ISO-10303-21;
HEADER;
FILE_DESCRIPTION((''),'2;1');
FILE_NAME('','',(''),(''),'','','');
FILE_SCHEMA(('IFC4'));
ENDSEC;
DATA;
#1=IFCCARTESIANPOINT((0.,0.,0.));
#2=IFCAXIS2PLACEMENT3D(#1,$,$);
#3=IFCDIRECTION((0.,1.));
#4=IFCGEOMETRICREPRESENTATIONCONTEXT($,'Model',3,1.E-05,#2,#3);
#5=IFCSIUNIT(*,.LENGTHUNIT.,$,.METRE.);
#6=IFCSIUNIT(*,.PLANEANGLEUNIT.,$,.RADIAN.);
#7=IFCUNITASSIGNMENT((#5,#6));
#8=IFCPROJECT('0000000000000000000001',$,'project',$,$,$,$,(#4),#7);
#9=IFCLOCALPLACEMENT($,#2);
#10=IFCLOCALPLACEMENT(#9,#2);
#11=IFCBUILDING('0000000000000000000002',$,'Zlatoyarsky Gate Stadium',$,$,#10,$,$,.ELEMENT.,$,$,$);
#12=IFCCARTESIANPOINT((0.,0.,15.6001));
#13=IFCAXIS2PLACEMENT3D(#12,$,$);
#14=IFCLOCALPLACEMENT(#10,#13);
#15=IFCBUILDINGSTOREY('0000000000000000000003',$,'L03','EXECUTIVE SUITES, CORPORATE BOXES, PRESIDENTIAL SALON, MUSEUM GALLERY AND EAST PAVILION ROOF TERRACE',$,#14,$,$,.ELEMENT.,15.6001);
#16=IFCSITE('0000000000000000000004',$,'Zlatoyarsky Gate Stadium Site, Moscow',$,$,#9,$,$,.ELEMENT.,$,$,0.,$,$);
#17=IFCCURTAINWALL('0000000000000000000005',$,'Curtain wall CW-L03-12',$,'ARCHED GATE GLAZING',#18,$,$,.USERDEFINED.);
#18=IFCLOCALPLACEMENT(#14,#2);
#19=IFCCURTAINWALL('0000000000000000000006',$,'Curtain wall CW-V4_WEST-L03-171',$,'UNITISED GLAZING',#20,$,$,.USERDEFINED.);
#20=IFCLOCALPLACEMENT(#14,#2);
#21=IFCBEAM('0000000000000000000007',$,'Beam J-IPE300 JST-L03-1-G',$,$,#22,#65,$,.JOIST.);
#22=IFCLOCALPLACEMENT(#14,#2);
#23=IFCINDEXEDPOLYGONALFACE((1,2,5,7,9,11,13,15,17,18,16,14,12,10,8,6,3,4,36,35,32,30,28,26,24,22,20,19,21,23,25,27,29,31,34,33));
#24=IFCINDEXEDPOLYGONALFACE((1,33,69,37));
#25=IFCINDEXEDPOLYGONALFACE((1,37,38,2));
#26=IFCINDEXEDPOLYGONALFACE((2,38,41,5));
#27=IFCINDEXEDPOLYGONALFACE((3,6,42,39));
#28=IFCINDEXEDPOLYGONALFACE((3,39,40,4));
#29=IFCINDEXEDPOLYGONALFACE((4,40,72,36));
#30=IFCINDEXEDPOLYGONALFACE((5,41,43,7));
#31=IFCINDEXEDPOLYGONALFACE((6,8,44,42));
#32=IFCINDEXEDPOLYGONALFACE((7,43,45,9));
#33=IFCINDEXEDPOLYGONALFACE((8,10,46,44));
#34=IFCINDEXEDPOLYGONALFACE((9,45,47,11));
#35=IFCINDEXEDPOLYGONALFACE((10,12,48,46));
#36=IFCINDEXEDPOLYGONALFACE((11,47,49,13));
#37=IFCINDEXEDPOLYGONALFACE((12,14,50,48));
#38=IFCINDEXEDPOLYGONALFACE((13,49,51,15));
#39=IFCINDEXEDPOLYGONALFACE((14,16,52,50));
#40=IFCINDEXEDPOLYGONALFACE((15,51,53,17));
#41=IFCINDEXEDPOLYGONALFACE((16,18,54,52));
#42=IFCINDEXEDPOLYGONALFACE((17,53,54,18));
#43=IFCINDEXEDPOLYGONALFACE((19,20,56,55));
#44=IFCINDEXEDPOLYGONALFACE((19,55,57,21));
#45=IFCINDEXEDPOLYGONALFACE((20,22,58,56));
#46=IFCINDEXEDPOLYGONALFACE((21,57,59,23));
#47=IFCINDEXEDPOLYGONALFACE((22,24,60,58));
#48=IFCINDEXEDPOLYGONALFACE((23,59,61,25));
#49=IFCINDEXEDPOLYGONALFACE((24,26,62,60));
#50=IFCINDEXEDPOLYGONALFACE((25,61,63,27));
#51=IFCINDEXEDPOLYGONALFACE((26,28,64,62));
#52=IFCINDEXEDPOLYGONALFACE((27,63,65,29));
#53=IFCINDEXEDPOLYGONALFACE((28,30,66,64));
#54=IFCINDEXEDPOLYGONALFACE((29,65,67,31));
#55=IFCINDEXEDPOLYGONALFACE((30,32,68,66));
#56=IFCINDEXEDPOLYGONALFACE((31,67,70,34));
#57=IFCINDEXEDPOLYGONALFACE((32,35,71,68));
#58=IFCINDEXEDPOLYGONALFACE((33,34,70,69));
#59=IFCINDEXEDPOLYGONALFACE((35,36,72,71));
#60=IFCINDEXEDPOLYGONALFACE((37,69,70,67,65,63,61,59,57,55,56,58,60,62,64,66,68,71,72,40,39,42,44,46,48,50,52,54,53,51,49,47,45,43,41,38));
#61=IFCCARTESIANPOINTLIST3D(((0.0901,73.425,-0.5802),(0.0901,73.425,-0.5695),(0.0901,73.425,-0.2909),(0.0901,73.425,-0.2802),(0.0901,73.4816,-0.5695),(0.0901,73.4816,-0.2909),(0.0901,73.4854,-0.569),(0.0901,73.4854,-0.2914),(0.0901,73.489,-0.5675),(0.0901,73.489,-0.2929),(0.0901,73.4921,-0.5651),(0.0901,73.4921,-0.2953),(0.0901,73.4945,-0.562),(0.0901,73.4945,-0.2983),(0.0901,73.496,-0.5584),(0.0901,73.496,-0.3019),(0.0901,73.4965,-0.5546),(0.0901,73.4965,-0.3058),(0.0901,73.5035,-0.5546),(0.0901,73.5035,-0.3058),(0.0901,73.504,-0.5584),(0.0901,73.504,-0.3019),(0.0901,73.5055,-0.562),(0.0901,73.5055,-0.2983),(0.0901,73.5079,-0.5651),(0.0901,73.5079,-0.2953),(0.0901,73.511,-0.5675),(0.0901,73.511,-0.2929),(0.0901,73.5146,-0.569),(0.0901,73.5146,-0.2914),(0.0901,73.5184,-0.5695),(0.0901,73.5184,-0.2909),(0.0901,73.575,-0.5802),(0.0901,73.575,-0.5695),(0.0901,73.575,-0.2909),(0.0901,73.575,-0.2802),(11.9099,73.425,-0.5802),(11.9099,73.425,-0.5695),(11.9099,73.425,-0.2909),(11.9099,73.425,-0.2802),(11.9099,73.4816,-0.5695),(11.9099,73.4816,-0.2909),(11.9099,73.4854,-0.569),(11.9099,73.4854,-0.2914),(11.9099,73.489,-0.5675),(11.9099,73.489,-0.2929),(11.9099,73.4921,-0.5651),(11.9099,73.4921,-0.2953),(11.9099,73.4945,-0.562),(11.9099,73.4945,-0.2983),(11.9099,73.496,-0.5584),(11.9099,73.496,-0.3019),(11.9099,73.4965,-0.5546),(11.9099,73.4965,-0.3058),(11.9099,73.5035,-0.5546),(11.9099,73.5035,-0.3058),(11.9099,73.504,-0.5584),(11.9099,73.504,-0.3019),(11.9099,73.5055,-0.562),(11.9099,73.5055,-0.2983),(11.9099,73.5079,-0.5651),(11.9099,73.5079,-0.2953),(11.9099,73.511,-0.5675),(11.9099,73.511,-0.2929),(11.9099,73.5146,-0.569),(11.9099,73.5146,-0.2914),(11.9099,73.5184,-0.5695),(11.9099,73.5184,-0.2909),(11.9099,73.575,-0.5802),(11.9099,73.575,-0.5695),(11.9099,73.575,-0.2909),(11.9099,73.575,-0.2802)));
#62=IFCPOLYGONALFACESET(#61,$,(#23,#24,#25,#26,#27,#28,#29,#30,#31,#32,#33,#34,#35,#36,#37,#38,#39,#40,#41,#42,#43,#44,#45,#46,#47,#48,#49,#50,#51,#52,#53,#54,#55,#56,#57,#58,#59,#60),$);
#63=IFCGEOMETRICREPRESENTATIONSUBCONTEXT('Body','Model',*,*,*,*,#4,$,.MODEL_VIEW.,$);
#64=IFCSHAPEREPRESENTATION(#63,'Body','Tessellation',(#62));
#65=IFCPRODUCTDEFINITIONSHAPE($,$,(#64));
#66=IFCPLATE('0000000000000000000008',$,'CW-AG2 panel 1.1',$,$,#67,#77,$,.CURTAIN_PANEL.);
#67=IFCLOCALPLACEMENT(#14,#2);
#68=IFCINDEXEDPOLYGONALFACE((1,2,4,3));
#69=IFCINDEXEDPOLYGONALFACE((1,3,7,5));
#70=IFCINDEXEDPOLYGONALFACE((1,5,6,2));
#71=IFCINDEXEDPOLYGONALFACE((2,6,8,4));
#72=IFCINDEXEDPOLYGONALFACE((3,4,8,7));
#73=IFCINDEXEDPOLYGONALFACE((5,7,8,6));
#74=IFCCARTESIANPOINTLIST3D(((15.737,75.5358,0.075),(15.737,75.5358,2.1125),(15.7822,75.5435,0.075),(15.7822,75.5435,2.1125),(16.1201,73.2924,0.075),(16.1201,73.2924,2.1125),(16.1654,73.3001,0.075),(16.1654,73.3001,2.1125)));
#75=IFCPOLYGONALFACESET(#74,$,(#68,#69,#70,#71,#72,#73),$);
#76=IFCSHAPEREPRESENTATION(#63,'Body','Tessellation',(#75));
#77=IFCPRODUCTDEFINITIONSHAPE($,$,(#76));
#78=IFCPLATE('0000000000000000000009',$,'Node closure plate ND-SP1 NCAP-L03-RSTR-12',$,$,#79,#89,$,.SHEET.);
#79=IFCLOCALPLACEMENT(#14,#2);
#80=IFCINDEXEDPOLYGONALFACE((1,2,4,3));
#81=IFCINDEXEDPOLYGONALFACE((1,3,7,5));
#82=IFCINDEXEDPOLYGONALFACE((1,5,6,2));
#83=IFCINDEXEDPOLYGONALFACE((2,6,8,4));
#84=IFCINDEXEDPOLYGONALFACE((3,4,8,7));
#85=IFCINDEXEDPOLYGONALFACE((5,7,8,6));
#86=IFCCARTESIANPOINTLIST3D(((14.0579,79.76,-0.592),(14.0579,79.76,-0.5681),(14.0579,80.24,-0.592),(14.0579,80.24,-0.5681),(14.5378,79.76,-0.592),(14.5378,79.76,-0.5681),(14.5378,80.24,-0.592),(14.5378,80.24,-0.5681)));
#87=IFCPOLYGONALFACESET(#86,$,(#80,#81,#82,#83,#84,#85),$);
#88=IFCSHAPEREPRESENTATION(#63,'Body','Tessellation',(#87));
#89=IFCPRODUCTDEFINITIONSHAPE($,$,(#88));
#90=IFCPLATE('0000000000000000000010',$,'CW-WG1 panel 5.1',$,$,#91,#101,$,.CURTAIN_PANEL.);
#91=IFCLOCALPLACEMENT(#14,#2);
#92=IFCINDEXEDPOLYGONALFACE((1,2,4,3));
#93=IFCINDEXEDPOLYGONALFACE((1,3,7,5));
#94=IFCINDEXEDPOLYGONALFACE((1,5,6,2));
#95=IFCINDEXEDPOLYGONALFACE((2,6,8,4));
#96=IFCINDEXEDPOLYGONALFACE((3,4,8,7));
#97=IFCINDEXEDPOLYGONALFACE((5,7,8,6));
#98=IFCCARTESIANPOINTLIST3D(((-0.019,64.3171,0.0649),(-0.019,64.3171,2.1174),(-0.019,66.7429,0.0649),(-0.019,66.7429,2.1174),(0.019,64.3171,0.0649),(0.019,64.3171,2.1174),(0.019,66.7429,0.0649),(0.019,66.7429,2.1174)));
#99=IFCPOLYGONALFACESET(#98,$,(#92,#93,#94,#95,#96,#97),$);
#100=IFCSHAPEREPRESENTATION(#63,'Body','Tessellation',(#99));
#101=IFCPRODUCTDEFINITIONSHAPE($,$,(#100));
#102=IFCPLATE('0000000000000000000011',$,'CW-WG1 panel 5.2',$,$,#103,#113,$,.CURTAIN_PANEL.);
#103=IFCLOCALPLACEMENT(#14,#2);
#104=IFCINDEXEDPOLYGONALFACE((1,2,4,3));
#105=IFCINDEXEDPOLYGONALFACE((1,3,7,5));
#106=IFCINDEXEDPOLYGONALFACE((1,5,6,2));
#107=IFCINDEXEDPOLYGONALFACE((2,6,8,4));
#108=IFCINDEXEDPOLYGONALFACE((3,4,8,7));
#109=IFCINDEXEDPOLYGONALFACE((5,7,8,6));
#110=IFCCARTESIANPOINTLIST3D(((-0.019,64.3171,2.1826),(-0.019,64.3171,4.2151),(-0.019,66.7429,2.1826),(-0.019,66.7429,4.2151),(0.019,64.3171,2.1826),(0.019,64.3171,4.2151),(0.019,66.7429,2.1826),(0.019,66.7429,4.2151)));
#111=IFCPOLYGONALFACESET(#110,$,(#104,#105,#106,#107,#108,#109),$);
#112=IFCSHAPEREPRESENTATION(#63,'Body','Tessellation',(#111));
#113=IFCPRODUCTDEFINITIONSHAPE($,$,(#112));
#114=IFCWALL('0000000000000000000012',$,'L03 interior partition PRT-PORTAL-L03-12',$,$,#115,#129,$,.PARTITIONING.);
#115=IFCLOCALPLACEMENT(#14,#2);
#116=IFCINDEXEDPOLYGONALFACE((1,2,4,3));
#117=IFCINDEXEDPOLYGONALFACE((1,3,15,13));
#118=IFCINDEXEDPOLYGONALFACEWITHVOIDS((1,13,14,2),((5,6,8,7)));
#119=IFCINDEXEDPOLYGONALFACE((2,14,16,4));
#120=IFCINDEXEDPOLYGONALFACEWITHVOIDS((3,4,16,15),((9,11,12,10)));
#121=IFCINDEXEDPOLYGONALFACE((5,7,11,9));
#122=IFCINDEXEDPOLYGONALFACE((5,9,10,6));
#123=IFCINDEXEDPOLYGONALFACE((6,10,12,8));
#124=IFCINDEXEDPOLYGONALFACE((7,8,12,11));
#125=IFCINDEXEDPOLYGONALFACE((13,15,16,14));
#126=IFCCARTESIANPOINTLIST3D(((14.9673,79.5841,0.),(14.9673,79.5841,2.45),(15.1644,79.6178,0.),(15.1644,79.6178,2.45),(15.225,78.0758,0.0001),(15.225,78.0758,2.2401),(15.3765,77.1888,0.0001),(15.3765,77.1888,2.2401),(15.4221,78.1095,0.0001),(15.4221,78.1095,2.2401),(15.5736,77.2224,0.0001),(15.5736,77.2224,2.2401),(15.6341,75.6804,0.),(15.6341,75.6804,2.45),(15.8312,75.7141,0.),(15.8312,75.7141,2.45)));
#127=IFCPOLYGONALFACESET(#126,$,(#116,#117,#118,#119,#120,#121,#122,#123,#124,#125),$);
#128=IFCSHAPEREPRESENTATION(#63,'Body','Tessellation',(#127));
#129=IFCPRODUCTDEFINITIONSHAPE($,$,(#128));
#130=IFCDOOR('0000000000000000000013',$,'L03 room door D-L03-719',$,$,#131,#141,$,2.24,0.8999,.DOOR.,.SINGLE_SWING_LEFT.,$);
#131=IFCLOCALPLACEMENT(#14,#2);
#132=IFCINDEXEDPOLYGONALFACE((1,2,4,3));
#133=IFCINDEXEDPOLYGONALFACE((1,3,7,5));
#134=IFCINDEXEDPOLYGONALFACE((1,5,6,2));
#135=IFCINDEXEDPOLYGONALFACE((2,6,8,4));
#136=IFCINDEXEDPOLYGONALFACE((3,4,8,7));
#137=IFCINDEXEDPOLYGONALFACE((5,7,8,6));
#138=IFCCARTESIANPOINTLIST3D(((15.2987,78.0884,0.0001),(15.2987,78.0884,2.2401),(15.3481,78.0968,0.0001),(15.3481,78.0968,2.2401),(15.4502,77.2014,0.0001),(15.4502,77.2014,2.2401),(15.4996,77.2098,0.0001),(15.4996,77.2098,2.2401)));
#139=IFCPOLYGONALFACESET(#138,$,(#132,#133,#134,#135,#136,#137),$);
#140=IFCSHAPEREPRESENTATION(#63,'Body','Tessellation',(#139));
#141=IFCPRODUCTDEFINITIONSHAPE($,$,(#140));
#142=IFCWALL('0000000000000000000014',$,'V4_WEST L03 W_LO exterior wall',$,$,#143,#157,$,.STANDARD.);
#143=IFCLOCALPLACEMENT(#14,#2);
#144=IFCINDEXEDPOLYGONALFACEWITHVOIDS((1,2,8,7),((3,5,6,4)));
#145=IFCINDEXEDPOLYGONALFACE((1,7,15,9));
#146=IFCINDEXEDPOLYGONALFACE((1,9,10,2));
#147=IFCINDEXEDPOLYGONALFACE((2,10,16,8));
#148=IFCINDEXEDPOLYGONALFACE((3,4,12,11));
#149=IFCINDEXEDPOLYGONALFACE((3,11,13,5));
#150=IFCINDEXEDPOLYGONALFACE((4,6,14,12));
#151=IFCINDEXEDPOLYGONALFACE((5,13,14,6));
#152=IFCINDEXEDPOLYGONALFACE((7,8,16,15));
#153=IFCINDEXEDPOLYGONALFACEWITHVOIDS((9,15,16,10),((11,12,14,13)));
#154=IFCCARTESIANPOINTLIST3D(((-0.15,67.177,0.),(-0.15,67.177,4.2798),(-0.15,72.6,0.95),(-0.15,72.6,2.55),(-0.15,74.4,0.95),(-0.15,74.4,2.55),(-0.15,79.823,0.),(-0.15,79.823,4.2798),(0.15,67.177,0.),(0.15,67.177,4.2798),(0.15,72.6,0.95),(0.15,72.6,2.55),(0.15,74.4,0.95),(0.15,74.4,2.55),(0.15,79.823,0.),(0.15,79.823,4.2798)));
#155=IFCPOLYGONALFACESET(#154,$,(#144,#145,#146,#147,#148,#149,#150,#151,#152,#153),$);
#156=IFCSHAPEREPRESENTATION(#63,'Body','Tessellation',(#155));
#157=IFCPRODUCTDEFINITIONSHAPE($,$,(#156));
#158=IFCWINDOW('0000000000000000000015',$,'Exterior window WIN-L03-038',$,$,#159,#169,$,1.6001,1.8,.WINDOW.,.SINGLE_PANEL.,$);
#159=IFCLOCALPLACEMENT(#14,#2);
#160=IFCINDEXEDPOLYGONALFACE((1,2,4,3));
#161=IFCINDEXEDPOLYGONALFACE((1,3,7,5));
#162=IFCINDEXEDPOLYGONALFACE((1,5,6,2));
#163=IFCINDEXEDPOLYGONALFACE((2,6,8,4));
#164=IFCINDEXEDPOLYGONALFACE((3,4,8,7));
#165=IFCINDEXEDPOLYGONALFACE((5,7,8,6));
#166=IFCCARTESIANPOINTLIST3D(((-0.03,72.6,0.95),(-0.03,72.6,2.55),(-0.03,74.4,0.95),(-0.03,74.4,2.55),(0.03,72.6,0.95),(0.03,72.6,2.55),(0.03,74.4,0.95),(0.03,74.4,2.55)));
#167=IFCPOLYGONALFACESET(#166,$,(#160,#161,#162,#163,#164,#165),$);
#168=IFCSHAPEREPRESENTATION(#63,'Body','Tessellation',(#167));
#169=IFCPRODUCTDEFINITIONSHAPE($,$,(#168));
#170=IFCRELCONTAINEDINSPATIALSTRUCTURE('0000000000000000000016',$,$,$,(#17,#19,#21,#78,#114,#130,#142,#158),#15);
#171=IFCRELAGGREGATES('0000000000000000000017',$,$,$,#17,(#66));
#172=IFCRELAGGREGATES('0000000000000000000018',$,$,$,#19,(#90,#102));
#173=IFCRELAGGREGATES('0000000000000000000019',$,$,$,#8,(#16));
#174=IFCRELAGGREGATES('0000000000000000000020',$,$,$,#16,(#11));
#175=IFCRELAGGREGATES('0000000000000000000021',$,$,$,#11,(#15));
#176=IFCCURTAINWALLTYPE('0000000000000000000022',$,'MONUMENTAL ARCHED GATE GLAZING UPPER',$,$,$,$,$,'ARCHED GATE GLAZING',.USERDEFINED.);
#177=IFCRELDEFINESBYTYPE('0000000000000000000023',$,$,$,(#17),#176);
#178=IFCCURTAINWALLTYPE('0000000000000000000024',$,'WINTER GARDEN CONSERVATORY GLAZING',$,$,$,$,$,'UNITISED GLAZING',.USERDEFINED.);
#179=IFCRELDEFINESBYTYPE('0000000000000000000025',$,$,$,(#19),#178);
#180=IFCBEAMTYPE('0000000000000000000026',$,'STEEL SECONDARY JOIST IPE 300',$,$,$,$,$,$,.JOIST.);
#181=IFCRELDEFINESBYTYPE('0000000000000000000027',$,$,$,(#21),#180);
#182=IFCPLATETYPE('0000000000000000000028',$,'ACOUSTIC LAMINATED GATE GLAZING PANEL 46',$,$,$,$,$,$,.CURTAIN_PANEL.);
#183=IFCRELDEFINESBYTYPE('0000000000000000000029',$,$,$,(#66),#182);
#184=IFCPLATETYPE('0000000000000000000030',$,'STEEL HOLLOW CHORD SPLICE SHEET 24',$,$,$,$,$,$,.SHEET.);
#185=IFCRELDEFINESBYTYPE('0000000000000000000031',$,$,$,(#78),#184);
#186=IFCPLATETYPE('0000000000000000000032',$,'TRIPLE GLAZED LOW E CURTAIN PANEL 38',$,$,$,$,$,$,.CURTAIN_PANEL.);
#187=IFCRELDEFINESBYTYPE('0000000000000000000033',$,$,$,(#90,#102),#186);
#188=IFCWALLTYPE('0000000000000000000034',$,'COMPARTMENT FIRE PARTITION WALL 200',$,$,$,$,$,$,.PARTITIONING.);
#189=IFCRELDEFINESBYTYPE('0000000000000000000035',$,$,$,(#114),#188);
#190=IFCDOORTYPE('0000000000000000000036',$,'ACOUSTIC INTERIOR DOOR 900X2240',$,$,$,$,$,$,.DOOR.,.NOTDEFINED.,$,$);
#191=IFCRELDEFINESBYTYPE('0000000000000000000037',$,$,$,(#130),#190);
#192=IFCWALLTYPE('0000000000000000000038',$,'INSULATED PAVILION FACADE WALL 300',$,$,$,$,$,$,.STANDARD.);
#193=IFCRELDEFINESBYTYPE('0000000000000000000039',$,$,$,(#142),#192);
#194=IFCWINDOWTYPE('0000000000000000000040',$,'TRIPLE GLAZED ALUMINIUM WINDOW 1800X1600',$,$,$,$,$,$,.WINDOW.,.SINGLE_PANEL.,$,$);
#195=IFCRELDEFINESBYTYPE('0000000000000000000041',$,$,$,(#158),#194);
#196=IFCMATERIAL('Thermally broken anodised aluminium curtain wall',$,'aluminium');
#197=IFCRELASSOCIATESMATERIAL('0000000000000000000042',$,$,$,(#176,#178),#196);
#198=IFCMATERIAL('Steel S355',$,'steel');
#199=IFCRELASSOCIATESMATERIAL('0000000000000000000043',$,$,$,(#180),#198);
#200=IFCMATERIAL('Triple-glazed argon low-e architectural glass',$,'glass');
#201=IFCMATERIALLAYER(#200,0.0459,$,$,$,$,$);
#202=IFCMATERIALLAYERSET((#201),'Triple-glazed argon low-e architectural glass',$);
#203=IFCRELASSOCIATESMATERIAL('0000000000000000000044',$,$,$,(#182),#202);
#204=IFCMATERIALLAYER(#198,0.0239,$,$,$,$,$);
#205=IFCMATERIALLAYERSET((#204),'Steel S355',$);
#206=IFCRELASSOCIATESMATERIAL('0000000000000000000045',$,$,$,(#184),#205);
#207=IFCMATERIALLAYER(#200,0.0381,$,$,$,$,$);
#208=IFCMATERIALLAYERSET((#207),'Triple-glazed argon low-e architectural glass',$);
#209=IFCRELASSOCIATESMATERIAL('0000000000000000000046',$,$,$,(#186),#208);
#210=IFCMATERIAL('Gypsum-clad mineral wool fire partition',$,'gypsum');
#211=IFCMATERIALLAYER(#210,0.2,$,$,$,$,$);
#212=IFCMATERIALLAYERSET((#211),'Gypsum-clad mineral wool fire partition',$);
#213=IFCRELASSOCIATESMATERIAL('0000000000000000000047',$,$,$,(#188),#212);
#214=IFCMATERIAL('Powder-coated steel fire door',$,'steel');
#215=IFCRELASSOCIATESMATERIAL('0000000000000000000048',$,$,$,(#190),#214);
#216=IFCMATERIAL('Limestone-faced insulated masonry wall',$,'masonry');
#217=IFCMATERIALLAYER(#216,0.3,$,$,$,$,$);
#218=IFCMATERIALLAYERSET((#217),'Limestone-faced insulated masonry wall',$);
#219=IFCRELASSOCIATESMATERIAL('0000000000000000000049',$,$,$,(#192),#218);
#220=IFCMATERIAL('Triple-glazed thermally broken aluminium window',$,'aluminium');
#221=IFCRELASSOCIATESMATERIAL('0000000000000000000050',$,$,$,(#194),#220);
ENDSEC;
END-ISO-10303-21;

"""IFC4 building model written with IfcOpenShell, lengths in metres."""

from ifc_helpers import new_model, si_unit, direction, frame, frame_2d, origin, origin_2d, place, context, subcontext, project, spatial, rectangle, i_section, extrude, material, layer, layer_set, material_profile, profile_set, type_object, element, fill, aggregate, save


model = new_model("IFC4")

# Units and contexts
model_context = context("Model", 3, precision=1e-05, world=origin(), true_north=direction((0.0, 1.0)))
body_context = subcontext(model_context, "Body", "Model", "MODEL_VIEW")
ifc_project = project(units=[si_unit("LENGTHUNIT", "METRE"), si_unit("PLANEANGLEUNIT", "RADIAN")], contexts=[model_context])

# Site, building, storey
site_placement = place(None, origin())
site = spatial("IfcSite", under=ifc_project, at=site_placement, Name="Zlatoyarsky Gate Stadium Site, Moscow", CompositionType="ELEMENT", RefElevation=0.0)
building_placement = place(site_placement, origin())
building = spatial("IfcBuilding", under=site, at=building_placement, Name="Zlatoyarsky Gate Stadium", CompositionType="ELEMENT")
storey_placement = place(building_placement, frame((0.0, 0.0, 15.6001)))
storey = spatial("IfcBuildingStorey", under=building, at=storey_placement, Name="L03", Description="EXECUTIVE SUITES, CORPORATE BOXES, PRESIDENTIAL SALON, MUSEUM GALLERY AND EAST PAVILION ROOF TERRACE", CompositionType="ELEMENT", Elevation=15.6001)

# Shared definitions
ifc_material_1 = material(Name="Steel S355", Category="steel")

# Curtain wall
ifc_material_2 = material(Name="Thermally broken anodised aluminium curtain wall", Category="aluminium")
curtain_wall_type_1 = type_object("IfcCurtainWallType", Name="MONUMENTAL ARCHED GATE GLAZING UPPER", ElementType="ARCHED GATE GLAZING", PredefinedType="USERDEFINED", material=ifc_material_2)
curtain_wall_1_placement = place(storey_placement, origin())
curtain_wall_1 = element("IfcCurtainWall", 1, at=curtain_wall_1_placement, inside=storey, type_object=curtain_wall_type_1, Name="Curtain wall CW-L03-12", ObjectType="ARCHED GATE GLAZING", PredefinedType="USERDEFINED")

# Curtain wall
curtain_wall_type_2 = type_object("IfcCurtainWallType", Name="WINTER GARDEN CONSERVATORY GLAZING", ElementType="UNITISED GLAZING", PredefinedType="USERDEFINED", material=ifc_material_2)
curtain_wall_2_placement = place(storey_placement, origin())
curtain_wall_2 = element("IfcCurtainWall", 2, at=curtain_wall_2_placement, inside=storey, type_object=curtain_wall_type_2, Name="Curtain wall CW-V4_WEST-L03-171", ObjectType="UNITISED GLAZING", PredefinedType="USERDEFINED")

# Beam
ifc_material_profile_1 = material_profile(ifc_material_1, i_section(OverallWidth=0.1499, OverallDepth=0.3, WebThickness=0.0071, FlangeThickness=0.0107, FilletRadius=0.0149, at=origin_2d()), Name="IPE 300")
ifc_profile_set_1 = profile_set([ifc_material_profile_1], Name="Steel S355")
beam_type_1 = type_object("IfcBeamType", Name="STEEL SECONDARY JOIST IPE 300", PredefinedType="JOIST", material=ifc_profile_set_1)
beam_1_placement = place(storey_placement, frame((0.0901, 73.5, -0.4302), z_axis=(1.0, 0.0, 0.0), x_axis=(0.0, 1.0, 0.0)))
element("IfcBeam", 3, at=beam_1_placement, inside=storey, type_object=beam_type_1, Name="Beam J-IPE300 JST-L03-1-G", PredefinedType="JOIST", context=body_context, shape_type="SweptSolid", body=[
    extrude(i_section(OverallWidth=0.1499, OverallDepth=0.3, WebThickness=0.0071, FlangeThickness=0.0107, FilletRadius=0.0149, at=origin_2d()), origin(), (0.0, 0.0, 1.0), 11.8198),
])

# Plates
ifc_material_3 = material(Name="Triple-glazed argon low-e architectural glass", Category="glass")
ifc_layer_1 = layer(ifc_material_3, 0.0459)
ifc_layer_set_1 = layer_set([ifc_layer_1], Name="Triple-glazed argon low-e architectural glass")
plate_type_1 = type_object("IfcPlateType", Name="ACOUSTIC LAMINATED GATE GLAZING PANEL 46", PredefinedType="CURTAIN_PANEL", material=ifc_layer_set_1)
plate_1_placement = place(storey_placement, frame((15.9512, 74.418, 0.075), z_axis=(0.0, 0.0, 1.0), x_axis=(0.168354, -0.985727, 0.0)))
plate_1 = element("IfcPlate", 4, at=plate_1_placement, type_object=plate_type_1, Name="CW-AG2 panel 1.1", PredefinedType="CURTAIN_PANEL", context=body_context, shape_type="SweptSolid", body=[
    extrude(rectangle(XDim=2.2759, YDim=0.0459, at=origin_2d()), origin(), (0.0, 0.0, 1.0), 2.0376),
])
aggregate(curtain_wall_1, [plate_1])
ifc_layer_2 = layer(ifc_material_1, 0.0239)
ifc_layer_set_2 = layer_set([ifc_layer_2], Name="Steel S355")
plate_type_2 = type_object("IfcPlateType", Name="STEEL HOLLOW CHORD SPLICE SHEET 24", PredefinedType="SHEET", material=ifc_layer_set_2)
plate_2_placement = place(storey_placement, frame((14.2979, 80.0, -0.592), z_axis=(0.0, 0.0, 1.0), x_axis=(1.0, 0.0, 0.0)))
element("IfcPlate", 5, at=plate_2_placement, inside=storey, type_object=plate_type_2, Name="Node closure plate ND-SP1 NCAP-L03-RSTR-12", PredefinedType="SHEET", context=body_context, shape_type="SweptSolid", body=[
    extrude(rectangle(XDim=0.48, YDim=0.48, at=origin_2d()), origin(), (0.0, 0.0, 1.0), 0.0239),
])
ifc_layer_3 = layer(ifc_material_3, 0.0381)
ifc_layer_set_3 = layer_set([ifc_layer_3], Name="Triple-glazed argon low-e architectural glass")
plate_type_3 = type_object("IfcPlateType", Name="TRIPLE GLAZED LOW E CURTAIN PANEL 38", PredefinedType="CURTAIN_PANEL", material=ifc_layer_set_3)
plate_3_placement = place(storey_placement, frame((0.0, 65.53, 0.0649), z_axis=(0.0, 0.0, 1.0), x_axis=(0.0, 1.0, 0.0)))
plate_3 = element("IfcPlate", 6, at=plate_3_placement, type_object=plate_type_3, Name="CW-WG1 panel 5.1", PredefinedType="CURTAIN_PANEL", context=body_context, shape_type="SweptSolid", body=[
    extrude(rectangle(XDim=2.4258, YDim=0.0381, at=origin_2d()), origin(), (0.0, 0.0, 1.0), 2.0525),
])
plate_4_placement = place(storey_placement, frame((0.0, 65.53, 2.1826), z_axis=(0.0, 0.0, 1.0), x_axis=(0.0, 1.0, 0.0)))
plate_4 = element("IfcPlate", 7, at=plate_4_placement, type_object=plate_type_3, Name="CW-WG1 panel 5.2", PredefinedType="CURTAIN_PANEL", context=body_context, shape_type="SweptSolid", body=[
    extrude(rectangle(XDim=2.4258, YDim=0.0381, at=origin_2d()), origin(), (0.0, 0.0, 1.0), 2.0325),
])
aggregate(curtain_wall_2, [plate_3, plate_4])

# Wall, opening, door
ifc_material_4 = material(Name="Gypsum-clad mineral wool fire partition", Category="gypsum")
ifc_layer_4 = layer(ifc_material_4, 0.2)
ifc_layer_set_4 = layer_set([ifc_layer_4], Name="Gypsum-clad mineral wool fire partition")
wall_type_1 = type_object("IfcWallType", Name="COMPARTMENT FIRE PARTITION WALL 200", PredefinedType="PARTITIONING", material=ifc_layer_set_4)
wall_1_placement = place(storey_placement, frame((15.0659, 79.6008, 0.0), z_axis=(0.0, 0.0, 1.0), x_axis=(0.168367, -0.985724, 0.0)))
wall_1 = element("IfcWall", 8, at=wall_1_placement, inside=storey, type_object=wall_type_1, Name="L03 interior partition PRT-PORTAL-L03-12", PredefinedType="PARTITIONING", context=body_context, shape_type="SweptSolid", body=[
    extrude(rectangle(XDim=3.9602, YDim=0.2, at=frame_2d((1.98, 0.0))), origin(), (0.0, 0.0, 1.0), 2.45),
])
opening_1_placement = place(wall_1_placement, frame((1.53, 0.0, 0.0)))
opening_1 = element("IfcOpeningElement", 9, at=opening_1_placement, cuts=wall_1, PredefinedType="OPENING", context=body_context, shape_type="SweptSolid", body=[
    extrude(rectangle(XDim=0.8999, YDim=2.24, at=frame_2d((0.45, 1.1201))), frame((0.0, 0.1099, 0.0), z_axis=(0.0, -1.0, 0.0), x_axis=(1.0, 0.0, 0.0)), (0.0, 0.0, 1.0), 0.22),
])
ifc_material_5 = material(Name="Powder-coated steel fire door", Category="steel")
door_type = type_object("IfcDoorType", Name="ACOUSTIC INTERIOR DOOR 900X2240", OperationType="NOTDEFINED", PredefinedType="DOOR", material=ifc_material_5)
door_placement = place(opening_1_placement, origin())
door = element("IfcDoor", 10, at=door_placement, inside=storey, type_object=door_type, Name="L03 room door D-L03-719", OperationType="SINGLE_SWING_LEFT", OverallHeight=2.24, OverallWidth=0.8999, PredefinedType="DOOR", context=body_context, shape_type="SweptSolid", body=[
    extrude(rectangle(XDim=0.8999, YDim=2.24, at=frame_2d((0.45, 1.1201))), frame((0.0, 0.0249, 0.0), z_axis=(0.0, -1.0, 0.0), x_axis=(1.0, 0.0, 0.0)), (0.0, 0.0, 1.0), 0.05),
])
fill(opening_1, door)

# Wall, opening, window
ifc_material_6 = material(Name="Limestone-faced insulated masonry wall", Category="masonry")
ifc_layer_5 = layer(ifc_material_6, 0.3)
ifc_layer_set_5 = layer_set([ifc_layer_5], Name="Limestone-faced insulated masonry wall")
wall_type_2 = type_object("IfcWallType", Name="INSULATED PAVILION FACADE WALL 300", PredefinedType="STANDARD", material=ifc_layer_set_5)
wall_2_placement = place(storey_placement, frame((0.0, 67.177, 0.0), z_axis=(0.0, 0.0, 1.0), x_axis=(0.0, 1.0, 0.0)))
wall_2 = element("IfcWall", 11, at=wall_2_placement, inside=storey, type_object=wall_type_2, Name="V4_WEST L03 W_LO exterior wall", PredefinedType="STANDARD", context=body_context, shape_type="SweptSolid", body=[
    extrude(rectangle(XDim=12.646, YDim=0.3, at=frame_2d((6.323, 0.0))), origin(), (0.0, 0.0, 1.0), 4.2798),
])
opening_2_placement = place(wall_2_placement, frame((5.4231, 0.0, 0.95)))
opening_2 = element("IfcOpeningElement", 12, at=opening_2_placement, cuts=wall_2, PredefinedType="OPENING", context=body_context, shape_type="SweptSolid", body=[
    extrude(rectangle(XDim=1.8, YDim=1.6001, at=frame_2d((0.8999, 0.8))), frame((0.0, 0.1599, 0.0), z_axis=(0.0, -1.0, 0.0), x_axis=(1.0, 0.0, 0.0)), (0.0, 0.0, 1.0), 0.3201),
])
ifc_material_7 = material(Name="Triple-glazed thermally broken aluminium window", Category="aluminium")
window_type = type_object("IfcWindowType", Name="TRIPLE GLAZED ALUMINIUM WINDOW 1800X1600", PartitioningType="SINGLE_PANEL", PredefinedType="WINDOW", material=ifc_material_7)
window_placement = place(opening_2_placement, origin())
window = element("IfcWindow", 13, at=window_placement, inside=storey, type_object=window_type, Name="Exterior window WIN-L03-038", OverallHeight=1.6001, OverallWidth=1.8, PartitioningType="SINGLE_PANEL", PredefinedType="WINDOW", context=body_context, shape_type="SweptSolid", body=[
    extrude(rectangle(XDim=1.8, YDim=1.6001, at=frame_2d((0.8999, 0.8))), frame((0.0, 0.03, 0.0), z_axis=(0.0, -1.0, 0.0), x_axis=(1.0, 0.0, 0.0)), (0.0, 0.0, 1.0), 0.0601),
])
fill(opening_2, window)

save(model, "model.ifc")
